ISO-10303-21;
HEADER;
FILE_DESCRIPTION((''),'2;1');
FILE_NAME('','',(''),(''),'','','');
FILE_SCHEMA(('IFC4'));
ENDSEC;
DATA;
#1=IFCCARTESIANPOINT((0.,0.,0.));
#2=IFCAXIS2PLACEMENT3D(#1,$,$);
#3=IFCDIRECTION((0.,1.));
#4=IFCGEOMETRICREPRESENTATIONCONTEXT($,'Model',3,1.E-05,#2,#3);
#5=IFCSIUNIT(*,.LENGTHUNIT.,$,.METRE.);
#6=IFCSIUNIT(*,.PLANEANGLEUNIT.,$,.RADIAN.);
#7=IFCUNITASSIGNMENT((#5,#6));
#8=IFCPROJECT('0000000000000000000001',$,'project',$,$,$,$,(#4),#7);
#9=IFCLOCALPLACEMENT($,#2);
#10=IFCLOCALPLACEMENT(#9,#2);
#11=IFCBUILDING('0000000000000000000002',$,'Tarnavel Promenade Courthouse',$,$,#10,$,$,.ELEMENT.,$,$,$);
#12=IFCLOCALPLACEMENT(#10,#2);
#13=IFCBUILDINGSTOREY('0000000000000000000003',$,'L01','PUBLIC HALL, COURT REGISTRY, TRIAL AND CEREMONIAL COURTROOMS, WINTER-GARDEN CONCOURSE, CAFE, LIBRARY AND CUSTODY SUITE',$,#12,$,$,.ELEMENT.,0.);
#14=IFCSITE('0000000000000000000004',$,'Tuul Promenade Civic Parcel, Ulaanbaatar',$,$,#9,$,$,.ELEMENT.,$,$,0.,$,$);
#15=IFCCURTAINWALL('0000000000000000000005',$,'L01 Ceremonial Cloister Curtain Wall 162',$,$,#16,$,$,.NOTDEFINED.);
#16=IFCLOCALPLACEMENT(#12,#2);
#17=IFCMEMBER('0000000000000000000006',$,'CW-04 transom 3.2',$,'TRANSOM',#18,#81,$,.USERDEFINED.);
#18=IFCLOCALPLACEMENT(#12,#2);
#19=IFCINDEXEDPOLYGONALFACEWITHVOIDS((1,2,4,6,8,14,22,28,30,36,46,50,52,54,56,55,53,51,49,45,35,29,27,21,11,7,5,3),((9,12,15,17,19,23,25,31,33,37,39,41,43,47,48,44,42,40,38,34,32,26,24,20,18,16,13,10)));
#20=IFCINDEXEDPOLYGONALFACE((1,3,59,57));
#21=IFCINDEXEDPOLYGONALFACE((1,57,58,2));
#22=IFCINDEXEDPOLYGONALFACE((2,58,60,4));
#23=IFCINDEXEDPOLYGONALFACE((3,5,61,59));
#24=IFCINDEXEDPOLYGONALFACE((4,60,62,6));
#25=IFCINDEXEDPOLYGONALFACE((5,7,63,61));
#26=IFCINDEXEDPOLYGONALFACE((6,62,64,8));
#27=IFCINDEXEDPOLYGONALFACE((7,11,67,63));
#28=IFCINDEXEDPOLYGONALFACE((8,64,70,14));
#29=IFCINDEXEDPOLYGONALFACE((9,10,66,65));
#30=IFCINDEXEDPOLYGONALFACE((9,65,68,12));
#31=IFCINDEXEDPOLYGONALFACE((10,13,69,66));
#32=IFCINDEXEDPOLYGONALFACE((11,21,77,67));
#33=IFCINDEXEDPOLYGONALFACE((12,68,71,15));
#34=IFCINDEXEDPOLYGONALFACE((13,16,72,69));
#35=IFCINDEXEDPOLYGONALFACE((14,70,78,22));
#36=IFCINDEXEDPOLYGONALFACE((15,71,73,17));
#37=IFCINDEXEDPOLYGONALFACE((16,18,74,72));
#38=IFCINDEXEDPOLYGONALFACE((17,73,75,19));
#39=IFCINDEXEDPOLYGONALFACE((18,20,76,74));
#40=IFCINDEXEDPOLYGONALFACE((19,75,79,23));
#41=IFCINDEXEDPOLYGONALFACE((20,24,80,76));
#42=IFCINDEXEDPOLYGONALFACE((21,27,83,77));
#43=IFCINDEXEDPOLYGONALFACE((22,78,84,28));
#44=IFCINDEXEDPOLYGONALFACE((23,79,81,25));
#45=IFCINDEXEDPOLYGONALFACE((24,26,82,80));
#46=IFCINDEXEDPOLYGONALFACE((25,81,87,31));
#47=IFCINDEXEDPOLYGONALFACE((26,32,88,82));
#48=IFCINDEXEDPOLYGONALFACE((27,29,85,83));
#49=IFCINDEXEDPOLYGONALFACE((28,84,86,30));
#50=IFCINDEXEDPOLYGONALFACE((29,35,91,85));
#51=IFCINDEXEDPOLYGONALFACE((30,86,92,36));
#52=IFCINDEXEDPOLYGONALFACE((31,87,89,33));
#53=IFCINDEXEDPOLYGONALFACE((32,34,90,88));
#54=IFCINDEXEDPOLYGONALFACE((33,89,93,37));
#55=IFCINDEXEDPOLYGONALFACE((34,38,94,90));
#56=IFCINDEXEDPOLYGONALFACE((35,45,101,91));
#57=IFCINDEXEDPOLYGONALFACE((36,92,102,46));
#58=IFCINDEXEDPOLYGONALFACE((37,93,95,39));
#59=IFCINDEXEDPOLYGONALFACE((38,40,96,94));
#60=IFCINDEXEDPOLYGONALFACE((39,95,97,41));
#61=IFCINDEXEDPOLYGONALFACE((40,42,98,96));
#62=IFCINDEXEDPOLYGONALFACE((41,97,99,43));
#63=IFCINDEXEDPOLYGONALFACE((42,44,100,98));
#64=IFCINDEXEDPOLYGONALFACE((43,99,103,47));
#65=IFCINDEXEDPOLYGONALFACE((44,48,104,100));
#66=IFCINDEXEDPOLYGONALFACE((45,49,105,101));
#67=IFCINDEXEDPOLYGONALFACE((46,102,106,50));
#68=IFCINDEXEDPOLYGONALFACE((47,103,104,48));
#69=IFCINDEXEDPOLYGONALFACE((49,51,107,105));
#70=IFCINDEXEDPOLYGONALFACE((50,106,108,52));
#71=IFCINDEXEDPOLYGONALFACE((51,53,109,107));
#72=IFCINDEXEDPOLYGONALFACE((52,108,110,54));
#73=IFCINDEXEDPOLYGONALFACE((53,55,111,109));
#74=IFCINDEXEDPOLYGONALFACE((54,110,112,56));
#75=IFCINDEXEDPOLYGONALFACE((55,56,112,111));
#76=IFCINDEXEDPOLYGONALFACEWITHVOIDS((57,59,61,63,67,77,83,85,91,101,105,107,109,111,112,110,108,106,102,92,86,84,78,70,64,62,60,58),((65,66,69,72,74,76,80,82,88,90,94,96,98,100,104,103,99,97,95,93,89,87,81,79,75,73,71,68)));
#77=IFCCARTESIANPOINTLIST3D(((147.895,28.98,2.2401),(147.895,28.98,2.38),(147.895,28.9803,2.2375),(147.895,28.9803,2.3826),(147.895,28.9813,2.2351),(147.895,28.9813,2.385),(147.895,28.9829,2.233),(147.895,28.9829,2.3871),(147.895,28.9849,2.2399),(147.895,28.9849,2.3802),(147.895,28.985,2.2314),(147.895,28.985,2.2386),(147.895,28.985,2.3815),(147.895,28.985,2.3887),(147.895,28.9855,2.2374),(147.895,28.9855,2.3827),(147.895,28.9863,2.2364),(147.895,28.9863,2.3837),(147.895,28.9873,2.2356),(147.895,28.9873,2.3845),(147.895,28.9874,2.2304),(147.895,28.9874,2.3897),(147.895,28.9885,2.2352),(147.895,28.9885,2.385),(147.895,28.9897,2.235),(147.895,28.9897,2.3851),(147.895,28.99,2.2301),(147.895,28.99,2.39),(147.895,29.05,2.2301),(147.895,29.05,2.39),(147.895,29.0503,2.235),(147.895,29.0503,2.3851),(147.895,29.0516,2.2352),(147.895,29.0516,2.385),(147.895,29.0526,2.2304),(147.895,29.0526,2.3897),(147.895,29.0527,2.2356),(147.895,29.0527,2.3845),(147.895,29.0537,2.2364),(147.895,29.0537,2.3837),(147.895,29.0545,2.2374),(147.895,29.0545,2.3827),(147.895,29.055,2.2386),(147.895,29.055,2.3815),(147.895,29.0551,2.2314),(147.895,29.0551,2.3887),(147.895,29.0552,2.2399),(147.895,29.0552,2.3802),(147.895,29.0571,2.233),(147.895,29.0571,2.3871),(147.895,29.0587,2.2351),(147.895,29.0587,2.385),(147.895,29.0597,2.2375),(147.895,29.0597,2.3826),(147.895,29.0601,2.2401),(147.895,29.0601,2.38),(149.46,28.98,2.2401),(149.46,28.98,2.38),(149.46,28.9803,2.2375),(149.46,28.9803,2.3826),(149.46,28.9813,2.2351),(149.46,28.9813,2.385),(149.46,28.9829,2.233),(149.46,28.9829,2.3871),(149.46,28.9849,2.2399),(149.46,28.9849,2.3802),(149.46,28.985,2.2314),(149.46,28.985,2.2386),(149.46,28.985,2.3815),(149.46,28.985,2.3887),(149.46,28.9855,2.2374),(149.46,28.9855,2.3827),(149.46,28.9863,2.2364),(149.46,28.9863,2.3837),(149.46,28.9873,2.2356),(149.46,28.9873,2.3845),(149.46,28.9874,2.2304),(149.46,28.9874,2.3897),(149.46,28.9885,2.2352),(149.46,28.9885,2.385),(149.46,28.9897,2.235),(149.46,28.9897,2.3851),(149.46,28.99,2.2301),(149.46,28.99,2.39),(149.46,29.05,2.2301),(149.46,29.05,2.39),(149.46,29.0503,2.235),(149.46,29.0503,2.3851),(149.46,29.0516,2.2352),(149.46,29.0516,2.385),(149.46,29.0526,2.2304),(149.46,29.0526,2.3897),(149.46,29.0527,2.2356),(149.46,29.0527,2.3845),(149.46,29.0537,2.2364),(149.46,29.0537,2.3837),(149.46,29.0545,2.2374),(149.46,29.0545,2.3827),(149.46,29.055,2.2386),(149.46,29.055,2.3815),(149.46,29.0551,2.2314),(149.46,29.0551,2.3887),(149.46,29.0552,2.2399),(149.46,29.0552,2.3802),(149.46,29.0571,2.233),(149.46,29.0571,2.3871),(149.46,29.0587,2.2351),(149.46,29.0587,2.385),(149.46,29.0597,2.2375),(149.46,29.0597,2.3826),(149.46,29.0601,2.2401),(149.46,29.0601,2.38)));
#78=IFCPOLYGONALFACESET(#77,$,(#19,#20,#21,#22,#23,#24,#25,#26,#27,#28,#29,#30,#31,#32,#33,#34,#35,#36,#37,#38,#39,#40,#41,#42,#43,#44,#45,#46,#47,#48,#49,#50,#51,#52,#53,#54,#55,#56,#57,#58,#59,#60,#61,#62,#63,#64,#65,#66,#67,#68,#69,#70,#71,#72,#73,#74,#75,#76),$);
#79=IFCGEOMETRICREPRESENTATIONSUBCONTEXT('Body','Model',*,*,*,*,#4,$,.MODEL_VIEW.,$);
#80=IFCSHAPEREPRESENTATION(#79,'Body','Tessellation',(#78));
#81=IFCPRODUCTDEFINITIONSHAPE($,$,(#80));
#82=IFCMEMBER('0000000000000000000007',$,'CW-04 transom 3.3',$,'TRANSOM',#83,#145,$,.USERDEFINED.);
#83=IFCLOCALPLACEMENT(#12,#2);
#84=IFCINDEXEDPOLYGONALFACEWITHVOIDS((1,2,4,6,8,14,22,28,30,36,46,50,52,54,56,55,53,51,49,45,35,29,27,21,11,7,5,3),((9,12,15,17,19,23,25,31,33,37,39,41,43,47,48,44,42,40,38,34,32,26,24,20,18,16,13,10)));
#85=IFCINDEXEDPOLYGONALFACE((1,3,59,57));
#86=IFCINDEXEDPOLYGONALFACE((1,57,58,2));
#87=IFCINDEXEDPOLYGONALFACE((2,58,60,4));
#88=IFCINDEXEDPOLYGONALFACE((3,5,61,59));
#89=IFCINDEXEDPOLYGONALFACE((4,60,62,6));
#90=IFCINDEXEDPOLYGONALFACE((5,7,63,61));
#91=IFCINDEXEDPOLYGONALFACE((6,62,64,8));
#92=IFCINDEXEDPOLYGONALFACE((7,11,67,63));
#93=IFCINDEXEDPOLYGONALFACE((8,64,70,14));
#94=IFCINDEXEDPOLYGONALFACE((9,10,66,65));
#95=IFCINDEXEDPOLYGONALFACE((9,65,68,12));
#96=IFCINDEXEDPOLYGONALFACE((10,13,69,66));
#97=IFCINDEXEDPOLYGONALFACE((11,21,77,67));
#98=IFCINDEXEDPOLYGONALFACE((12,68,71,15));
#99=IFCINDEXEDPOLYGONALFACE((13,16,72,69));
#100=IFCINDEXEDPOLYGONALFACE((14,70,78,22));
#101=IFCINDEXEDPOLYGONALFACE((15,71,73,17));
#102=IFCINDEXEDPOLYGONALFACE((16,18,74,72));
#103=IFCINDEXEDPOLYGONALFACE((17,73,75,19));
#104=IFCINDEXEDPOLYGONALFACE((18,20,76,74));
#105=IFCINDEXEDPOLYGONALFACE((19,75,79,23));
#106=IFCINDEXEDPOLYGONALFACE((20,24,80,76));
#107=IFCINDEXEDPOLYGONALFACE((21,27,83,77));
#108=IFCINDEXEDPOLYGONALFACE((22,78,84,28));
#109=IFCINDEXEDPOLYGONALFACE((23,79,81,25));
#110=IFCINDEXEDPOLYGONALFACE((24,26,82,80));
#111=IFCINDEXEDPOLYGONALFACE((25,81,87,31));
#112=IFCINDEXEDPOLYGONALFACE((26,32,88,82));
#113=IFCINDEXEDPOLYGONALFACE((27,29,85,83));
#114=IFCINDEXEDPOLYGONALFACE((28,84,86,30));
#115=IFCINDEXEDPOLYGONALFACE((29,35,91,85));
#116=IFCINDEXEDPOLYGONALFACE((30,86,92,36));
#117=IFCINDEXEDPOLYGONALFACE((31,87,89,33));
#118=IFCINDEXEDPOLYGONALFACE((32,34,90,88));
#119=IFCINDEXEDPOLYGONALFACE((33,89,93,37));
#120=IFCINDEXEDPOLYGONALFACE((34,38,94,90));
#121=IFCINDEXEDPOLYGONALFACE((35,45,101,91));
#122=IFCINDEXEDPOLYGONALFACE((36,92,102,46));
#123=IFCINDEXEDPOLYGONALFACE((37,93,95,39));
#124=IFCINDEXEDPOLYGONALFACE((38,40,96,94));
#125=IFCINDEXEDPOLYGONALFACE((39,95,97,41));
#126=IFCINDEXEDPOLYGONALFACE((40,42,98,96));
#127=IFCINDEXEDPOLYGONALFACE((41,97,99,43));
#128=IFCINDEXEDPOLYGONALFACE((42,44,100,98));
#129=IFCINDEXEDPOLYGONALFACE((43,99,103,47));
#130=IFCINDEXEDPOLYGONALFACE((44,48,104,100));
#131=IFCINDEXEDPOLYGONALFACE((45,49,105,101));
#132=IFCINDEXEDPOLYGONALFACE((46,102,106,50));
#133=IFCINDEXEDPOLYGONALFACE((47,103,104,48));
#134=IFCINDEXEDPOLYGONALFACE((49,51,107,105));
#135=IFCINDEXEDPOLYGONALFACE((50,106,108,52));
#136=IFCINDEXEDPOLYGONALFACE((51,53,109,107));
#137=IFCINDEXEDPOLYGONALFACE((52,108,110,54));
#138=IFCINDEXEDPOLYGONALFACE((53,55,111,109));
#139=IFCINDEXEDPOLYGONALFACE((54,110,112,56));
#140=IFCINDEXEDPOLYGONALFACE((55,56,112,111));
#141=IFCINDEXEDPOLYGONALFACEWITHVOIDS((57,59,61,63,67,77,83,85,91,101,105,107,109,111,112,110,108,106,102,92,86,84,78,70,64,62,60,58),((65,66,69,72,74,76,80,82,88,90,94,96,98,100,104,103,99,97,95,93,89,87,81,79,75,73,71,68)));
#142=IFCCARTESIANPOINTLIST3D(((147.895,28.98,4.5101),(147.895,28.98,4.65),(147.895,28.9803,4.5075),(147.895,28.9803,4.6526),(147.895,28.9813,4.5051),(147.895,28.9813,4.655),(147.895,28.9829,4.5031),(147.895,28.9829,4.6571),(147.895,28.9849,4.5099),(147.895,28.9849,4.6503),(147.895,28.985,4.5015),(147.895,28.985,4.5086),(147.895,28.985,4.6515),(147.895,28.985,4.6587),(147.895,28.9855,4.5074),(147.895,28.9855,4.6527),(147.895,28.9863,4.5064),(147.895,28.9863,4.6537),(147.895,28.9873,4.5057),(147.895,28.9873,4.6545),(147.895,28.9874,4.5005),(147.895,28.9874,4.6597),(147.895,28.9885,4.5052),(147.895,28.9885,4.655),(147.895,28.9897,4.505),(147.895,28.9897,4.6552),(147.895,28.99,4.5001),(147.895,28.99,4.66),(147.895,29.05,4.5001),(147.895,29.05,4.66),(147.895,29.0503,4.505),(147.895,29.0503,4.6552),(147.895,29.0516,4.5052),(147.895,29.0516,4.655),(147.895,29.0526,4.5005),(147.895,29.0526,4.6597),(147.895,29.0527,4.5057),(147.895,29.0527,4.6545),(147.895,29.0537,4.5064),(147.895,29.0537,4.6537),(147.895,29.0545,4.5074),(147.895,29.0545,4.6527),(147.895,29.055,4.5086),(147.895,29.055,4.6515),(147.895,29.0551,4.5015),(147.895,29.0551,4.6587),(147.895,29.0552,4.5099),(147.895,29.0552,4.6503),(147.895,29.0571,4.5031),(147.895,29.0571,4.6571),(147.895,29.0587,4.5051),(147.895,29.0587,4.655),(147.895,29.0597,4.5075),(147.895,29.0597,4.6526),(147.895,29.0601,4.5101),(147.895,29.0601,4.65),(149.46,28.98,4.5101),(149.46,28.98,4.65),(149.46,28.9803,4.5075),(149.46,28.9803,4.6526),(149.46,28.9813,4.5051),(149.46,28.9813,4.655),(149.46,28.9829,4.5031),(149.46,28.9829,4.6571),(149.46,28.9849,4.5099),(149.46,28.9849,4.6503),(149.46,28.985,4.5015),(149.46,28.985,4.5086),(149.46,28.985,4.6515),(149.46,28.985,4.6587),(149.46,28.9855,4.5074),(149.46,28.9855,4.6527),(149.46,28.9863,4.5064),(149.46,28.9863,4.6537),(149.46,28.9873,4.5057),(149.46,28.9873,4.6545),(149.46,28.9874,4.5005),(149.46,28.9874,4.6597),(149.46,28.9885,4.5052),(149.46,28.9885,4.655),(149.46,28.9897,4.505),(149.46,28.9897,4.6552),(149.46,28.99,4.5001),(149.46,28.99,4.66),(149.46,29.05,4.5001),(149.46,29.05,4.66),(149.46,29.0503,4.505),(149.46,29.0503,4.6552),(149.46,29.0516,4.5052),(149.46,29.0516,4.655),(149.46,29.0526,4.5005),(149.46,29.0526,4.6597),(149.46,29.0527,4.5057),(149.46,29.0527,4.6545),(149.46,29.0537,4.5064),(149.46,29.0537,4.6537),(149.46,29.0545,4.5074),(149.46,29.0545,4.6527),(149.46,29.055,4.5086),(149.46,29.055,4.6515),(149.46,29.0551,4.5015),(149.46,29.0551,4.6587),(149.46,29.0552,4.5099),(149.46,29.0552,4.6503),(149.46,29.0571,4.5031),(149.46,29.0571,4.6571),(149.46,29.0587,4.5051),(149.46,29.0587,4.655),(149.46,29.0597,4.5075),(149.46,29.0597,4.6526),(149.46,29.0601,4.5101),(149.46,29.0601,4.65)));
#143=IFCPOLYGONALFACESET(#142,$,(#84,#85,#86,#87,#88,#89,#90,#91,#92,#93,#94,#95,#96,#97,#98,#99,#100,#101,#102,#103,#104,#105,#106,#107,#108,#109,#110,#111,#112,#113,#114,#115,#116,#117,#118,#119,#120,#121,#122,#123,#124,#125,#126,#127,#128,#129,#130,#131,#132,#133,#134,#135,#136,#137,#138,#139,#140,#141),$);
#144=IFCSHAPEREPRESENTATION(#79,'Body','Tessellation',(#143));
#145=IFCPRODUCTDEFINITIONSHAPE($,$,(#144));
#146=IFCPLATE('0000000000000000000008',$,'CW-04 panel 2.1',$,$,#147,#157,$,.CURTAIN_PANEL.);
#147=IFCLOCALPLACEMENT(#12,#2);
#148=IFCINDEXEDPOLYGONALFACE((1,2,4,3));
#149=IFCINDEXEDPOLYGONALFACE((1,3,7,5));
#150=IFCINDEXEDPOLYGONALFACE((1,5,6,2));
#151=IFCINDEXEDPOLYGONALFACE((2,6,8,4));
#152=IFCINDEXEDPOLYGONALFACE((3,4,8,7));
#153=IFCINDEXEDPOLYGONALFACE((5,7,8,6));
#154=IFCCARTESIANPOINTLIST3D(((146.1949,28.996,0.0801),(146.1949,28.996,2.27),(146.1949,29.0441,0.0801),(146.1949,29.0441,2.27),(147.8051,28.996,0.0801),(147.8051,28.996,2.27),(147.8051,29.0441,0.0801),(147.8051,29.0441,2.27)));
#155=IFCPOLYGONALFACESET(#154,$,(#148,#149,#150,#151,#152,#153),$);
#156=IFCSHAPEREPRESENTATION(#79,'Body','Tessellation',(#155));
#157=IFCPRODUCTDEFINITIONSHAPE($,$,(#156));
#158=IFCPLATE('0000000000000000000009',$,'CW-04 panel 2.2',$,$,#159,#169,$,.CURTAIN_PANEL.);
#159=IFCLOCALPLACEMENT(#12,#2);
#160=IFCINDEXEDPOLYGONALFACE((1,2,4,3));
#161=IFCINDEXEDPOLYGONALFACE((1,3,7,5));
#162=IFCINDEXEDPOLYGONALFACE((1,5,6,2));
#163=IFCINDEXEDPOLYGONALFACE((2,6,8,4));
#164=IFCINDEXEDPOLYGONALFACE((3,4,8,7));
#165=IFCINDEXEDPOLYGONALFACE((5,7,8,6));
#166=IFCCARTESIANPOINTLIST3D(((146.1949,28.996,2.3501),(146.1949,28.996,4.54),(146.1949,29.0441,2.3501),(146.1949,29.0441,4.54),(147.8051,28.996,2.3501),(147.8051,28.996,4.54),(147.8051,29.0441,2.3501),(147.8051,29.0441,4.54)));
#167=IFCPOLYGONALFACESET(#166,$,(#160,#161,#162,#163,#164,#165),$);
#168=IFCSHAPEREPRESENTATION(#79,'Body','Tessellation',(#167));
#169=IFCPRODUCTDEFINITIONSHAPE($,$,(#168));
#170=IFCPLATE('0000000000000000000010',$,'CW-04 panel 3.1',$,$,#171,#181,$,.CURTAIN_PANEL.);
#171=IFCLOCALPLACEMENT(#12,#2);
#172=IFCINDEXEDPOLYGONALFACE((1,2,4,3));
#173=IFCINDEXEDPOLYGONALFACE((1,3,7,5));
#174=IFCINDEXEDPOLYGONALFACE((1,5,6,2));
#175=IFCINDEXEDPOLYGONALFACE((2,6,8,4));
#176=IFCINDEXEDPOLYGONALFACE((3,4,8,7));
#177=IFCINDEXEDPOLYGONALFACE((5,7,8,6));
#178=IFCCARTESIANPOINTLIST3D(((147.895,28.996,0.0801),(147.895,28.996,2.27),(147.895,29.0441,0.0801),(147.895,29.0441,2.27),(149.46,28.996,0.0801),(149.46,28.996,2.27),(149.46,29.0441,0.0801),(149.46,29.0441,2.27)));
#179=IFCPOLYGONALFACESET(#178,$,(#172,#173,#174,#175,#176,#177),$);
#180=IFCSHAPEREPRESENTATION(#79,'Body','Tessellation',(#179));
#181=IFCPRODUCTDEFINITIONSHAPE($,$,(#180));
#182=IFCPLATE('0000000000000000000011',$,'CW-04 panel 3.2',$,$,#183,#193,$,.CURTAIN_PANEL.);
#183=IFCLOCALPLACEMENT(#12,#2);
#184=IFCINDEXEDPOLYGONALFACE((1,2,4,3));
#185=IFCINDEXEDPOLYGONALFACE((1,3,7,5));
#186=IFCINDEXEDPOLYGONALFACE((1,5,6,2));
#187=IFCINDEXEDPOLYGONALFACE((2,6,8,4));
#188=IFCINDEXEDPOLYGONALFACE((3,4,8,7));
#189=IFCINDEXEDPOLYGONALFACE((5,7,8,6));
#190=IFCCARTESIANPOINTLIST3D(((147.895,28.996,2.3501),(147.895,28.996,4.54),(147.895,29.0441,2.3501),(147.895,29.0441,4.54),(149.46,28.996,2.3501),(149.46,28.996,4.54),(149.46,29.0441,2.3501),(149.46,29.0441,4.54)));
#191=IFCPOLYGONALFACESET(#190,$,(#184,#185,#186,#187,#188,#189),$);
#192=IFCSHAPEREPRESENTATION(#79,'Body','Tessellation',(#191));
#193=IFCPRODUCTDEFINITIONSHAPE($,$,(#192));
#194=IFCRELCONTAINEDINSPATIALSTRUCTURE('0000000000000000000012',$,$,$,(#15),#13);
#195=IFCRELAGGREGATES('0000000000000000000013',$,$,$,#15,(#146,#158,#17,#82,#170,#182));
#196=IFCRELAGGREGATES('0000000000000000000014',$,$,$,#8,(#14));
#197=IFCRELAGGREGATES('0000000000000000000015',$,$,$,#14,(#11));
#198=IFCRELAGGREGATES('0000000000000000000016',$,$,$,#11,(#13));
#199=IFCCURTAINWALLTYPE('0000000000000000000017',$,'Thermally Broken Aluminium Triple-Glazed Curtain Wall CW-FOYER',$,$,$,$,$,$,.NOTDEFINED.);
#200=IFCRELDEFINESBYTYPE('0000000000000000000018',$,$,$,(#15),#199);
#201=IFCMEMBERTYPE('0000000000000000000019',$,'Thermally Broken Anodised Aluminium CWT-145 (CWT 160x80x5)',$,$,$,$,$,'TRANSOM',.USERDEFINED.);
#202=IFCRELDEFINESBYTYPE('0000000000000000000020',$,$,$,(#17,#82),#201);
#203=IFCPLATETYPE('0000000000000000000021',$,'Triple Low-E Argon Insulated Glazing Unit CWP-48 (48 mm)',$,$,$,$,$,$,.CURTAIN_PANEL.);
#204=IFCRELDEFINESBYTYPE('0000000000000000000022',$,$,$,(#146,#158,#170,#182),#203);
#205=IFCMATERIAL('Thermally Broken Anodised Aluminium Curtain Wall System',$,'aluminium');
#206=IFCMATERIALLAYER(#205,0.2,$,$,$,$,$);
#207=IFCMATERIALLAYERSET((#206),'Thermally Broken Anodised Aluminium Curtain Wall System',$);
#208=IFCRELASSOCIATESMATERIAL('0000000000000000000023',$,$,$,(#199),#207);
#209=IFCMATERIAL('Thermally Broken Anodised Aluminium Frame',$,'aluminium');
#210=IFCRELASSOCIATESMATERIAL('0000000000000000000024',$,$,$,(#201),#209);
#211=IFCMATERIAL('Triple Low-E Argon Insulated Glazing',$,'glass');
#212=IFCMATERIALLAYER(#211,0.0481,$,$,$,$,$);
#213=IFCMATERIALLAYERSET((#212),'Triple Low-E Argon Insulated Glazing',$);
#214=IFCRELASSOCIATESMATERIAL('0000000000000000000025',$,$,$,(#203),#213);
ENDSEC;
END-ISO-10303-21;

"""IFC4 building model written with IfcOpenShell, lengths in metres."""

from ifc_helpers import new_model, si_unit, direction, frame, origin, origin_2d, place, context, subcontext, project, spatial, rectangle, hollow_rectangle, extrude, material, layer, layer_set, material_profile, profile_set, type_object, element, aggregate, save


model = new_model("IFC4")

# Units and contexts
model_context = context("Model", 3, precision=1e-05, world=origin(), true_north=direction((0.0, 1.0)))
body_context = subcontext(model_context, "Body", "Model", "MODEL_VIEW")
ifc_project = project(units=[si_unit("LENGTHUNIT", "METRE"), si_unit("PLANEANGLEUNIT", "RADIAN")], contexts=[model_context])

# Site, building, storey
site_placement = place(None, origin())
site = spatial("IfcSite", under=ifc_project, at=site_placement, Name="Tuul Promenade Civic Parcel, Ulaanbaatar", CompositionType="ELEMENT", RefElevation=0.0)
building_placement = place(site_placement, origin())
building = spatial("IfcBuilding", under=site, at=building_placement, Name="Tarnavel Promenade Courthouse", CompositionType="ELEMENT")
storey_placement = place(building_placement, origin())
storey = spatial("IfcBuildingStorey", under=building, at=storey_placement, Name="L01", Description="PUBLIC HALL, COURT REGISTRY, TRIAL AND CEREMONIAL COURTROOMS, WINTER-GARDEN CONCOURSE, CAFE, LIBRARY AND CUSTODY SUITE", CompositionType="ELEMENT", Elevation=0.0)

# Curtain wall, members, plates
ifc_material_1 = material(Name="Thermally Broken Anodised Aluminium Curtain Wall System", Category="aluminium")
ifc_layer_1 = layer(ifc_material_1, 0.2)
ifc_layer_set_1 = layer_set([ifc_layer_1], Name="Thermally Broken Anodised Aluminium Curtain Wall System")
curtain_wall_type = type_object("IfcCurtainWallType", Name="Thermally Broken Aluminium Triple-Glazed Curtain Wall CW-FOYER", PredefinedType="NOTDEFINED", material=ifc_layer_set_1)
curtain_wall_placement = place(storey_placement, origin())
curtain_wall = element("IfcCurtainWall", 1, at=curtain_wall_placement, inside=storey, type_object=curtain_wall_type, Name="L01 Ceremonial Cloister Curtain Wall 162", PredefinedType="NOTDEFINED")
ifc_material_2 = material(Name="Thermally Broken Anodised Aluminium Frame", Category="aluminium")
ifc_material_profile_1 = material_profile(ifc_material_2, hollow_rectangle(XDim=0.0801, YDim=0.1599, WallThickness=0.0049, InnerFilletRadius=0.0049, OuterFilletRadius=0.01, at=origin_2d()), Name="CWT 160x80x5")
ifc_profile_set_1 = profile_set([ifc_material_profile_1], Name="Thermally Broken Anodised Aluminium Frame")
member_type_1 = type_object("IfcMemberType", Name="Thermally Broken Anodised Aluminium CWT-145 (CWT 160x80x5)", ElementType="TRANSOM", PredefinedType="USERDEFINED", material=ifc_profile_set_1)
member_1_placement = place(storey_placement, frame((147.895, 29.02, 2.3101), z_axis=(1.0, 0.0, 0.0), x_axis=(0.0, 1.0, 0.0)))
member_1 = element("IfcMember", 2, at=member_1_placement, type_object=member_type_1, Name="CW-04 transom 3.2", ObjectType="TRANSOM", PredefinedType="USERDEFINED", context=body_context, shape_type="SweptSolid", body=[
    extrude(hollow_rectangle(XDim=0.0801, YDim=0.1599, WallThickness=0.0049, InnerFilletRadius=0.0049, OuterFilletRadius=0.01, at=origin_2d()), origin(), (0.0, 0.0, 1.0), 1.5649),
])
member_2_placement = place(storey_placement, frame((147.895, 29.02, 4.5801), z_axis=(1.0, 0.0, 0.0), x_axis=(0.0, 1.0, 0.0)))
member_2 = element("IfcMember", 3, at=member_2_placement, type_object=member_type_1, Name="CW-04 transom 3.3", ObjectType="TRANSOM", PredefinedType="USERDEFINED", context=body_context, shape_type="SweptSolid", body=[
    extrude(hollow_rectangle(XDim=0.0801, YDim=0.1599, WallThickness=0.0049, InnerFilletRadius=0.0049, OuterFilletRadius=0.01, at=origin_2d()), origin(), (0.0, 0.0, 1.0), 1.5649),
])
ifc_material_3 = material(Name="Triple Low-E Argon Insulated Glazing", Category="glass")
ifc_layer_2 = layer(ifc_material_3, 0.0481)
ifc_layer_set_2 = layer_set([ifc_layer_2], Name="Triple Low-E Argon Insulated Glazing")
plate_type = type_object("IfcPlateType", Name="Triple Low-E Argon Insulated Glazing Unit CWP-48 (48 mm)", PredefinedType="CURTAIN_PANEL", material=ifc_layer_set_2)
plate_1_placement = place(storey_placement, frame((147.0, 29.02, 0.0801), z_axis=(0.0, 0.0, 1.0), x_axis=(1.0, 0.0, 0.0)))
plate_1 = element("IfcPlate", 4, at=plate_1_placement, type_object=plate_type, Name="CW-04 panel 2.1", PredefinedType="CURTAIN_PANEL", context=body_context, shape_type="SweptSolid", body=[
    extrude(rectangle(XDim=1.6101, YDim=0.0481, at=origin_2d()), origin(), (0.0, 0.0, 1.0), 2.1899),
])
plate_2_placement = place(storey_placement, frame((147.0, 29.02, 2.3501), z_axis=(0.0, 0.0, 1.0), x_axis=(1.0, 0.0, 0.0)))
plate_2 = element("IfcPlate", 5, at=plate_2_placement, type_object=plate_type, Name="CW-04 panel 2.2", PredefinedType="CURTAIN_PANEL", context=body_context, shape_type="SweptSolid", body=[
    extrude(rectangle(XDim=1.6101, YDim=0.0481, at=origin_2d()), origin(), (0.0, 0.0, 1.0), 2.1899),
])
plate_3_placement = place(storey_placement, frame((148.6775, 29.02, 0.0801), z_axis=(0.0, 0.0, 1.0), x_axis=(1.0, 0.0, 0.0)))
plate_3 = element("IfcPlate", 6, at=plate_3_placement, type_object=plate_type, Name="CW-04 panel 3.1", PredefinedType="CURTAIN_PANEL", context=body_context, shape_type="SweptSolid", body=[
    extrude(rectangle(XDim=1.5649, YDim=0.0481, at=origin_2d()), origin(), (0.0, 0.0, 1.0), 2.1899),
])
plate_4_placement = place(storey_placement, frame((148.6775, 29.02, 2.3501), z_axis=(0.0, 0.0, 1.0), x_axis=(1.0, 0.0, 0.0)))
plate_4 = element("IfcPlate", 7, at=plate_4_placement, type_object=plate_type, Name="CW-04 panel 3.2", PredefinedType="CURTAIN_PANEL", context=body_context, shape_type="SweptSolid", body=[
    extrude(rectangle(XDim=1.5649, YDim=0.0481, at=origin_2d()), origin(), (0.0, 0.0, 1.0), 2.1899),
])
aggregate(curtain_wall, [plate_1, plate_2, member_1, member_2, plate_3, plate_4])

save(model, "model.ifc")
